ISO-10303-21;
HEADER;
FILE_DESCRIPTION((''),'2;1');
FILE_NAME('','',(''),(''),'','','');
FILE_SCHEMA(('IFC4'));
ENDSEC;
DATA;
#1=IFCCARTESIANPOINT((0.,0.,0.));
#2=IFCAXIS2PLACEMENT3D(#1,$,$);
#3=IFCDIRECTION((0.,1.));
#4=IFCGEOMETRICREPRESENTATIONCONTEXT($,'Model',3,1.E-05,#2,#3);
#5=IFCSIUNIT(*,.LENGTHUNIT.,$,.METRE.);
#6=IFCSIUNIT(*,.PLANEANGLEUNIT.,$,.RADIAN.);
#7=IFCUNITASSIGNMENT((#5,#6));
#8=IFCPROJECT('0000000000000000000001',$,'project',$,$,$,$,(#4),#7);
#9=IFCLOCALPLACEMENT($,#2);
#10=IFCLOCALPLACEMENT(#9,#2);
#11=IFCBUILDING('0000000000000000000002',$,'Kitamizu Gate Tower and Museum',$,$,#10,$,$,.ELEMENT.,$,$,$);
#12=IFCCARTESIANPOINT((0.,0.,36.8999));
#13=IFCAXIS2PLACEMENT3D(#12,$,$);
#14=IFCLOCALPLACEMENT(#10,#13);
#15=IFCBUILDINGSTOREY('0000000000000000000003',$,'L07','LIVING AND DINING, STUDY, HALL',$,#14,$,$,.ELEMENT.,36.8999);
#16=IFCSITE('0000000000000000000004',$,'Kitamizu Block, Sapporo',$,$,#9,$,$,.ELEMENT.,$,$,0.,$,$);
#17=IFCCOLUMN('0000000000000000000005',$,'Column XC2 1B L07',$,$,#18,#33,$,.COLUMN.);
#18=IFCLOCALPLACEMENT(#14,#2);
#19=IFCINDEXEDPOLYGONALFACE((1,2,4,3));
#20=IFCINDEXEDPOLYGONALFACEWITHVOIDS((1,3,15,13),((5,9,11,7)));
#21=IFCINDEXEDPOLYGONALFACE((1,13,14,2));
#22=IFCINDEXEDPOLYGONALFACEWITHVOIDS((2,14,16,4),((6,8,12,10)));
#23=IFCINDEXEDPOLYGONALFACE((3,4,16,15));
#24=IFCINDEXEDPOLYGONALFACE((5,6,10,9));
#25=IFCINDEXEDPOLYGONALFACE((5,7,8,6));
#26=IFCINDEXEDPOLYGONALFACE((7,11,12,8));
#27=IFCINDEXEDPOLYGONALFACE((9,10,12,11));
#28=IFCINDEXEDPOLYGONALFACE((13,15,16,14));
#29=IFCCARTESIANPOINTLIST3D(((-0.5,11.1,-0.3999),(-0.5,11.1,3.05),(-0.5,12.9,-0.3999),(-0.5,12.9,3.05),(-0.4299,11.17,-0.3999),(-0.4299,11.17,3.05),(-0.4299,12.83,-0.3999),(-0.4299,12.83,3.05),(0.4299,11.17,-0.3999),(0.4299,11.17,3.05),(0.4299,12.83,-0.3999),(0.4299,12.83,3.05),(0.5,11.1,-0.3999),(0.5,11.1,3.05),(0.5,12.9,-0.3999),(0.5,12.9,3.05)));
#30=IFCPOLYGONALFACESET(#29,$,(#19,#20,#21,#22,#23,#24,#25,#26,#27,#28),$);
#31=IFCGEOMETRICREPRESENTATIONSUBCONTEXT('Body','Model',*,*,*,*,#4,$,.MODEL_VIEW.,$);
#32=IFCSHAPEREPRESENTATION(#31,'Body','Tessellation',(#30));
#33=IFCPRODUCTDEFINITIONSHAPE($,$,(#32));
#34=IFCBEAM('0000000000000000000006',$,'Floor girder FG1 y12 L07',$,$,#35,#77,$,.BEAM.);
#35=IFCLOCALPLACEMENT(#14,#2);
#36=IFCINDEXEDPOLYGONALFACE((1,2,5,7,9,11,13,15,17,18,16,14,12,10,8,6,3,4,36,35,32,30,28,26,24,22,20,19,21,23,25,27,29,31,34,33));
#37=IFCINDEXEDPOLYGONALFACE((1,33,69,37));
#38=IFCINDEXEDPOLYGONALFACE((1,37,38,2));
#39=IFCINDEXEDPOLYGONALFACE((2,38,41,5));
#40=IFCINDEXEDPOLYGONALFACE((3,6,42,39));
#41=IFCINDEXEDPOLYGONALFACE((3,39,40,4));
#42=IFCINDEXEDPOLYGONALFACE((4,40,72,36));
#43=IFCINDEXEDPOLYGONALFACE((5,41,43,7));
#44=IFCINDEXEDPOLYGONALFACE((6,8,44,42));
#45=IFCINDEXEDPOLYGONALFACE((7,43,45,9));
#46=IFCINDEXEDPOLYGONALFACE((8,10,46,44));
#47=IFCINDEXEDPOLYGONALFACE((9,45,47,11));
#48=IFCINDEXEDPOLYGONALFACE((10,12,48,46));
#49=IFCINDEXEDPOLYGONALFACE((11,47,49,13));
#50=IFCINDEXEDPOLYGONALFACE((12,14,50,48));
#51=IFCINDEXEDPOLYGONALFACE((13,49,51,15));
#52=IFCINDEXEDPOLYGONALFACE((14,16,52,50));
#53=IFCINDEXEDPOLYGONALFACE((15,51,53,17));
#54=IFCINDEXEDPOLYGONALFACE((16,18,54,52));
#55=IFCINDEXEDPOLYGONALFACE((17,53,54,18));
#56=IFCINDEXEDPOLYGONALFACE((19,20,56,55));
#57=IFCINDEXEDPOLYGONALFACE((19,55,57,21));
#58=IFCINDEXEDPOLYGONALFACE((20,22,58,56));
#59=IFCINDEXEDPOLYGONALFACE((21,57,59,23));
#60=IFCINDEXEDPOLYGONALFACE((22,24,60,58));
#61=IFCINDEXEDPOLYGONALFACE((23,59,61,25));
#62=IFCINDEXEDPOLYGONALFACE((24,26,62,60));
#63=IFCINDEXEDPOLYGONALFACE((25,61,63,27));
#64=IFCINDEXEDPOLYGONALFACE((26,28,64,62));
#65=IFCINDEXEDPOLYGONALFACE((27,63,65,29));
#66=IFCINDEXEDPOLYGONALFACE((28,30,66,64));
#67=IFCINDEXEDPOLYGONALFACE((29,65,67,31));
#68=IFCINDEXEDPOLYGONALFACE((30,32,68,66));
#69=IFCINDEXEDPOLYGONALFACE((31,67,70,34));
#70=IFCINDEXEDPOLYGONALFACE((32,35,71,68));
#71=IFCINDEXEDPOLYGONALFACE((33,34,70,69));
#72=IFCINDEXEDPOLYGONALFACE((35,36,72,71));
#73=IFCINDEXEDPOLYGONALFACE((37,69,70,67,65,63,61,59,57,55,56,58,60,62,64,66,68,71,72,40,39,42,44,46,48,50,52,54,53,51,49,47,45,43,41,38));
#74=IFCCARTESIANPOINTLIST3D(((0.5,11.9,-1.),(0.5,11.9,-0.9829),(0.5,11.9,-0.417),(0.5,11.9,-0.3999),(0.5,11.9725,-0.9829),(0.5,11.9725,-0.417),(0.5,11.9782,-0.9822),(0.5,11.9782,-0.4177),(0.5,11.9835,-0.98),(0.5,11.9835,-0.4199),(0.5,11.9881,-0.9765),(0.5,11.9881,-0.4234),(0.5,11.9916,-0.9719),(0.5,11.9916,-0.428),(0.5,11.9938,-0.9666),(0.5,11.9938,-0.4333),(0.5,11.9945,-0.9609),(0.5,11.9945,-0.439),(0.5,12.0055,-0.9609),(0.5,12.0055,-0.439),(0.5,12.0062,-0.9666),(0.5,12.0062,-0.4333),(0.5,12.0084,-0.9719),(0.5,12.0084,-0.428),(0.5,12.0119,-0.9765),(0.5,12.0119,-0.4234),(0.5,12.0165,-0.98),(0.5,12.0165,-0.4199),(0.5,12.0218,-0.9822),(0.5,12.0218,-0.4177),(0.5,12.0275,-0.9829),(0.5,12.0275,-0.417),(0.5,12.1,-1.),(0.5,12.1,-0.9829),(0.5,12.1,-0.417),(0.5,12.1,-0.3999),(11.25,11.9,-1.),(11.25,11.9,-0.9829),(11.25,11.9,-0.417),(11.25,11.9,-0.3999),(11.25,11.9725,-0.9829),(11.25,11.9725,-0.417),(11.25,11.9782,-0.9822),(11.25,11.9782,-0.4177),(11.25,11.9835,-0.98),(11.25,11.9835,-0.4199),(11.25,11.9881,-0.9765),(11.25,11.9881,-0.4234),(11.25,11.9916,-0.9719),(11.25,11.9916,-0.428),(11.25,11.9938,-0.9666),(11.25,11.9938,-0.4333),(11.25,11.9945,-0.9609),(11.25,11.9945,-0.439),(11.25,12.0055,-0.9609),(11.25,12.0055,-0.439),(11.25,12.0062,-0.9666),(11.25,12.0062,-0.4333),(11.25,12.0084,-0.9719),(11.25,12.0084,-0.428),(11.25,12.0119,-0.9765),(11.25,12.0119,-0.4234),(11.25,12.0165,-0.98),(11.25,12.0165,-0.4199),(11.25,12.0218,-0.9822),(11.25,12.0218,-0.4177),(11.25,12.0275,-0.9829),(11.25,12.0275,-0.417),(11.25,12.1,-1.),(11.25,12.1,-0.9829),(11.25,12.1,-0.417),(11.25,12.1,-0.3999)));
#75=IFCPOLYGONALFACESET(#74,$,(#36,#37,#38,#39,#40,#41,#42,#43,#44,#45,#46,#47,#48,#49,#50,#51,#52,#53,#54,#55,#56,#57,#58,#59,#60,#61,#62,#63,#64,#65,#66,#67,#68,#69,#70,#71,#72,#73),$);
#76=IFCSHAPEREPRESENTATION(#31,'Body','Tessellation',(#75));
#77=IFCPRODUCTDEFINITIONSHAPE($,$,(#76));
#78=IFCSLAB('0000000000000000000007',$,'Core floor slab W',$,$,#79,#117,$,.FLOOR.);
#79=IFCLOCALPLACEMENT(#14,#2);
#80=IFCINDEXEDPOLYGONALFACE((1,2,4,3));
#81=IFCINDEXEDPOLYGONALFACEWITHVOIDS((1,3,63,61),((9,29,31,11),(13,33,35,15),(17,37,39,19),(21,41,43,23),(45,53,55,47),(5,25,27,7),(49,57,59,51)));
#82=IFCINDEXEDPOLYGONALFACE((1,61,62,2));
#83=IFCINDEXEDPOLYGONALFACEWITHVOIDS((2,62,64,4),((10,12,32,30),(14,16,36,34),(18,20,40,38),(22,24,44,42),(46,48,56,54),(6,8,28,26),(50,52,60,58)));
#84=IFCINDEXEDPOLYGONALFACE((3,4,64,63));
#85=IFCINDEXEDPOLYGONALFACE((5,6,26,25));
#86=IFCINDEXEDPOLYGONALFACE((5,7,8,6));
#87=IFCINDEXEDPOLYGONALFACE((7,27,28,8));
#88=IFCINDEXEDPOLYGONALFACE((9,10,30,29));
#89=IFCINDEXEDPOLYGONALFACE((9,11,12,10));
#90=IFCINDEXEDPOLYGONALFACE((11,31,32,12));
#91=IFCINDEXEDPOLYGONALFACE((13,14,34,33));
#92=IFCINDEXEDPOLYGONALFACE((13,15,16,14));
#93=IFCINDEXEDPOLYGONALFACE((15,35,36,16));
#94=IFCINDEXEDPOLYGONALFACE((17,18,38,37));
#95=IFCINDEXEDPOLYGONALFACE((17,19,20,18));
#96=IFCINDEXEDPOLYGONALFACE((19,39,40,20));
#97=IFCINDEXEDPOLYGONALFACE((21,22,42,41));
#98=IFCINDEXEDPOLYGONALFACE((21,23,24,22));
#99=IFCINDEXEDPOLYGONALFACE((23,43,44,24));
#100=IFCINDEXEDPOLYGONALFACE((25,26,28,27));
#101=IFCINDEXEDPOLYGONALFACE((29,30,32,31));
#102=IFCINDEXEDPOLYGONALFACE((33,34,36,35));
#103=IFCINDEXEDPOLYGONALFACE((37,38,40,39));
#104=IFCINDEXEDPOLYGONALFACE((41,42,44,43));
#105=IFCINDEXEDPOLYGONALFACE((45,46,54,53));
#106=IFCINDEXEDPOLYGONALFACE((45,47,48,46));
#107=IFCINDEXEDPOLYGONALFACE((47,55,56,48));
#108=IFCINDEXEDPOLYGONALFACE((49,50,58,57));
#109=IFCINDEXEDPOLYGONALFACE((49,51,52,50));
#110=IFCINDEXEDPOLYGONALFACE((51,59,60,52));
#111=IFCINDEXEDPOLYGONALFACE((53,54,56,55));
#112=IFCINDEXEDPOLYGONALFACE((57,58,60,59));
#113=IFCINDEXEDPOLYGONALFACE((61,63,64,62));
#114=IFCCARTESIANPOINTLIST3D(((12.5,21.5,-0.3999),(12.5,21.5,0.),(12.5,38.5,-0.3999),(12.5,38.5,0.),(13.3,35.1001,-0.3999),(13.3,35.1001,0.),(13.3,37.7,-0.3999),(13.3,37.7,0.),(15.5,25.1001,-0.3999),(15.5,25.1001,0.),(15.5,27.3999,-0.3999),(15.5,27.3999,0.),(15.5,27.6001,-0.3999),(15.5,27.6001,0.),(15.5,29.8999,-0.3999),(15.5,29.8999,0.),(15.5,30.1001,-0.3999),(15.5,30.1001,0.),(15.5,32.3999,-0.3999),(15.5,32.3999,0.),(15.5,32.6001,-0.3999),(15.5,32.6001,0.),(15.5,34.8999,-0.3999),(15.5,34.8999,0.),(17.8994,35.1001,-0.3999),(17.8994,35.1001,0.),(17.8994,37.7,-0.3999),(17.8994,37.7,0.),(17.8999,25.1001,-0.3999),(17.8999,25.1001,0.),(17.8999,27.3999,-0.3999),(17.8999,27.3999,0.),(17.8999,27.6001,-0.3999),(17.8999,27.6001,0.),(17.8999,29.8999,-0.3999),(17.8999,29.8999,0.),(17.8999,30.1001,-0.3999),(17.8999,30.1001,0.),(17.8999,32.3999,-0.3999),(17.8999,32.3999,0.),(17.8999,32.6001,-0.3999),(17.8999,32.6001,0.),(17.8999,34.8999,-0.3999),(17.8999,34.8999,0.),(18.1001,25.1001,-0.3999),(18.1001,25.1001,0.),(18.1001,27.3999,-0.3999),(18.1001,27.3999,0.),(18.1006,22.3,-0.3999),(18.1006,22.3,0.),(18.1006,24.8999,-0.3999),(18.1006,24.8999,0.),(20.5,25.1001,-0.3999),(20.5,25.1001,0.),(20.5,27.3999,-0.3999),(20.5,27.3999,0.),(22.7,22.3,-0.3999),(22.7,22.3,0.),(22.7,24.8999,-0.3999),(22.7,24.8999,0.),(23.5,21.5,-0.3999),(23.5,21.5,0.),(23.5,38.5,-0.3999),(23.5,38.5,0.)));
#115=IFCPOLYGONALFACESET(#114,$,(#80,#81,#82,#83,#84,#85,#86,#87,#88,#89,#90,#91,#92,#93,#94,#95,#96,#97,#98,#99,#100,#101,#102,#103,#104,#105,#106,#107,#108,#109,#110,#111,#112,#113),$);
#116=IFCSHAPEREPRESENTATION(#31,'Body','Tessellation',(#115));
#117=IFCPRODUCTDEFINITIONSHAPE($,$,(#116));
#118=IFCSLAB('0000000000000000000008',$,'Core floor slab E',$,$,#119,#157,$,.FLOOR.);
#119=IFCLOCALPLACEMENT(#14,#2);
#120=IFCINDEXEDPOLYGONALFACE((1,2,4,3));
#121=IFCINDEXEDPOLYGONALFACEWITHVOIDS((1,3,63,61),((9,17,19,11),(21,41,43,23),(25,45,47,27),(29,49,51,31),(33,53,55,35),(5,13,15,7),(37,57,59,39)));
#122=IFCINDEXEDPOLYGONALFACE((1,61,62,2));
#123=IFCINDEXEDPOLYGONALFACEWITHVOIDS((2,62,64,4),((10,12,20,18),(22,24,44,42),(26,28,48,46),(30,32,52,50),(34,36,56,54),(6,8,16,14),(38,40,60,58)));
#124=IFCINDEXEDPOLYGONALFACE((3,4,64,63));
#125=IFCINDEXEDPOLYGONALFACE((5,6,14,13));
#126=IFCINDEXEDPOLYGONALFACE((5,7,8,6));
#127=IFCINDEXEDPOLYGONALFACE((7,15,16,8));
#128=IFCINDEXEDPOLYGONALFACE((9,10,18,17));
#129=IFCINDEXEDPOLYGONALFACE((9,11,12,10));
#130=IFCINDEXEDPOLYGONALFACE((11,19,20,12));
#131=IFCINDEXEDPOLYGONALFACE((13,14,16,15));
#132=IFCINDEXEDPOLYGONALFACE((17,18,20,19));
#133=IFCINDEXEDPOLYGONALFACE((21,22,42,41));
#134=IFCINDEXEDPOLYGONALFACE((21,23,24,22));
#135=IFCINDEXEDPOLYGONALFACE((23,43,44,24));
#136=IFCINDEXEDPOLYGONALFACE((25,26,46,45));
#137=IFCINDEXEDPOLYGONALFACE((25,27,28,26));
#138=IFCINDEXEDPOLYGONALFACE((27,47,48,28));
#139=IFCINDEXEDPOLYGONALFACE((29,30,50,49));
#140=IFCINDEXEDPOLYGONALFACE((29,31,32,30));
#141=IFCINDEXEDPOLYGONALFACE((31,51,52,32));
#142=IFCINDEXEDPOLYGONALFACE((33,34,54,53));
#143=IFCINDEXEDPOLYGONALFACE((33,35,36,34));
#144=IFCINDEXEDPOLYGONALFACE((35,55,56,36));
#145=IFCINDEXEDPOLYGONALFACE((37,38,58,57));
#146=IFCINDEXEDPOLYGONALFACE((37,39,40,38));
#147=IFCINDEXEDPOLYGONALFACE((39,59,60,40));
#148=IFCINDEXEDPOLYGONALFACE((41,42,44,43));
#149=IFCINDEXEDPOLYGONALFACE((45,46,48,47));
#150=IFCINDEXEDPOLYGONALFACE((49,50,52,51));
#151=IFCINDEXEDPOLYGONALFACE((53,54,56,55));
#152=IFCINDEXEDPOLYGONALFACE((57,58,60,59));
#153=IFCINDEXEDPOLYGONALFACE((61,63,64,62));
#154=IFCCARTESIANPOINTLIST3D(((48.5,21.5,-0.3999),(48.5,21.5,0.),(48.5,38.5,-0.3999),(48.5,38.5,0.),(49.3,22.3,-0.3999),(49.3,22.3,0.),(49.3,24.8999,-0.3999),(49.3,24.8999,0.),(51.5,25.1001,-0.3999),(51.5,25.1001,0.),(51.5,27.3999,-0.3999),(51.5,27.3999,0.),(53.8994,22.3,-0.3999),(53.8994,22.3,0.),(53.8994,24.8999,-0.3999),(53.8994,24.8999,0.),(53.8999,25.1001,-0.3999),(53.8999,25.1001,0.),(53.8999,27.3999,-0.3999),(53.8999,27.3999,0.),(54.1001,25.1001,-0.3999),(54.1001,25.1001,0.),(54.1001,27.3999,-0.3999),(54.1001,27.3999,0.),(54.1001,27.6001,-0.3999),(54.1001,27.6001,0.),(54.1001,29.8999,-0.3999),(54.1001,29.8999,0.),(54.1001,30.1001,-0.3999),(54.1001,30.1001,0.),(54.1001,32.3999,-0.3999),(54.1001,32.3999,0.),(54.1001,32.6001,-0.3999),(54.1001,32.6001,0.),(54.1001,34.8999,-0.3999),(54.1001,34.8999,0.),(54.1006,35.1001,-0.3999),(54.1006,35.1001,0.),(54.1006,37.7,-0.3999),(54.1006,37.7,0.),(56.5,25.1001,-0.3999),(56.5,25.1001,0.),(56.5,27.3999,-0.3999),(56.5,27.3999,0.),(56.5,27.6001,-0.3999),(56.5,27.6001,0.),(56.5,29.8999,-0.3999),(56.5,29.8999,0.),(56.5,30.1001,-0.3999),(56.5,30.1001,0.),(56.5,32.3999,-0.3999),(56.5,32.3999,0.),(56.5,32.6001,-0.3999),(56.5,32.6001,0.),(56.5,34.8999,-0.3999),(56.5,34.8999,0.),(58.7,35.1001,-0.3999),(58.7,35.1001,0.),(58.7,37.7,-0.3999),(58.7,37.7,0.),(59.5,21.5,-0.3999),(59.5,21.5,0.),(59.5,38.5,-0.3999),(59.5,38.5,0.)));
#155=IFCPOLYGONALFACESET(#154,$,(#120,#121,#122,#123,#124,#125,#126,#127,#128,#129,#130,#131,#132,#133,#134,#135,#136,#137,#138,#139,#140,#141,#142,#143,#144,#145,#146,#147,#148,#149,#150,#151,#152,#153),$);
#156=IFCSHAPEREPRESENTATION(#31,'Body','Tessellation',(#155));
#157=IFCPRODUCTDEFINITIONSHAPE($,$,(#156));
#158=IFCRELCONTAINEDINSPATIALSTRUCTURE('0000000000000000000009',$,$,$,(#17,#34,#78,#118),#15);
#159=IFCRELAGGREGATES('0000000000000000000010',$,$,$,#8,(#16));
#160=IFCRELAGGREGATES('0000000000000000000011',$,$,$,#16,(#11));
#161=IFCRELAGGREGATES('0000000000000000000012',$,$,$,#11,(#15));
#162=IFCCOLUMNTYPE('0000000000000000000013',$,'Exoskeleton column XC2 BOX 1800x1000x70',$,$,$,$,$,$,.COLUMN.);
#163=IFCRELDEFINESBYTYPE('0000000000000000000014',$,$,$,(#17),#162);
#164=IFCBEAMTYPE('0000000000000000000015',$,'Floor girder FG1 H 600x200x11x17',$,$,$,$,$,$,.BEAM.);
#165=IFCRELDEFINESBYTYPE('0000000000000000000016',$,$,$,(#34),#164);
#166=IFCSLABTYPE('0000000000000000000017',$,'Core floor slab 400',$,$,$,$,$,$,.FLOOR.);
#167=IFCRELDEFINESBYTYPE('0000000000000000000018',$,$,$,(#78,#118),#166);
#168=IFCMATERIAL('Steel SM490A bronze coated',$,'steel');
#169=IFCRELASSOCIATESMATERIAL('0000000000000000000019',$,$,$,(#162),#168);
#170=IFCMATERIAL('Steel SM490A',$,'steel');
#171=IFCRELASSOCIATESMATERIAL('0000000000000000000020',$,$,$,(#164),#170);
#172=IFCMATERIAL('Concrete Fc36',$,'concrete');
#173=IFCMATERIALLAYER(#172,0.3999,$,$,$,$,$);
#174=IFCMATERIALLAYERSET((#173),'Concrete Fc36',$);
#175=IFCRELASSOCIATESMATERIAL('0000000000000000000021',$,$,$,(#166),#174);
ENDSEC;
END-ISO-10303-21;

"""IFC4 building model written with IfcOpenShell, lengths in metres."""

from ifc_helpers import new_model, si_unit, direction, frame, origin, origin_2d, place, context, subcontext, project, spatial, polyline, hollow_rectangle, i_section, outline, extrude, material, layer, layer_set, material_profile, profile_set, type_object, element, save


model = new_model("IFC4")

# Units and contexts
model_context = context("Model", 3, precision=1e-05, world=origin(), true_north=direction((0.0, 1.0)))
body_context = subcontext(model_context, "Body", "Model", "MODEL_VIEW")
ifc_project = project(units=[si_unit("LENGTHUNIT", "METRE"), si_unit("PLANEANGLEUNIT", "RADIAN")], contexts=[model_context])

# Site, building, storey
site_placement = place(None, origin())
site = spatial("IfcSite", under=ifc_project, at=site_placement, Name="Kitamizu Block, Sapporo", CompositionType="ELEMENT", RefElevation=0.0)
building_placement = place(site_placement, origin())
building = spatial("IfcBuilding", under=site, at=building_placement, Name="Kitamizu Gate Tower and Museum", CompositionType="ELEMENT")
storey_placement = place(building_placement, frame((0.0, 0.0, 36.8999)))
storey = spatial("IfcBuildingStorey", under=building, at=storey_placement, Name="L07", Description="LIVING AND DINING, STUDY, HALL", CompositionType="ELEMENT", Elevation=36.8999)

# Column
ifc_material_1 = material(Name="Steel SM490A bronze coated", Category="steel")
ifc_material_profile_1 = material_profile(ifc_material_1, hollow_rectangle(XDim=1.8, YDim=1.0, WallThickness=0.0701, at=origin_2d()), Name="BOX 1800x1000x70")
ifc_profile_set_1 = profile_set([ifc_material_profile_1], Name="Steel SM490A bronze coated")
column_type = type_object("IfcColumnType", Name="Exoskeleton column XC2 BOX 1800x1000x70", PredefinedType="COLUMN", material=ifc_profile_set_1)
column_placement = place(storey_placement, frame((0.0, 12.0, -0.3999), z_axis=(0.0, 0.0, 1.0), x_axis=(0.0, 1.0, 0.0)))
element("IfcColumn", 1, at=column_placement, inside=storey, type_object=column_type, Name="Column XC2 1B L07", PredefinedType="COLUMN", context=body_context, shape_type="SweptSolid", body=[
    extrude(hollow_rectangle(XDim=1.8, YDim=1.0, WallThickness=0.0701, at=origin_2d()), origin(), (0.0, 0.0, 1.0), 3.45),
])

# Beam
ifc_material_2 = material(Name="Steel SM490A", Category="steel")
ifc_material_profile_2 = material_profile(ifc_material_2, i_section(OverallWidth=0.2, OverallDepth=0.6001, WebThickness=0.011, FlangeThickness=0.0171, FilletRadius=0.022, at=origin_2d()), Name="H-600x200x11x17")
ifc_profile_set_2 = profile_set([ifc_material_profile_2], Name="Steel SM490A")
beam_type = type_object("IfcBeamType", Name="Floor girder FG1 H 600x200x11x17", PredefinedType="BEAM", material=ifc_profile_set_2)
beam_placement = place(storey_placement, frame((0.5, 12.0, -0.7), z_axis=(1.0, 0.0, 0.0), x_axis=(0.0, 1.0, 0.0)))
element("IfcBeam", 2, at=beam_placement, inside=storey, type_object=beam_type, Name="Floor girder FG1 y12 L07", PredefinedType="BEAM", context=body_context, shape_type="SweptSolid", body=[
    extrude(i_section(OverallWidth=0.2, OverallDepth=0.6001, WebThickness=0.011, FlangeThickness=0.0171, FilletRadius=0.022, at=origin_2d()), origin(), (0.0, 0.0, 1.0), 10.75),
])

# Slabs
ifc_material_3 = material(Name="Concrete Fc36", Category="concrete")
ifc_layer_1 = layer(ifc_material_3, 0.3999)
ifc_layer_set_1 = layer_set([ifc_layer_1], Name="Concrete Fc36")
slab_type_1 = type_object("IfcSlabType", Name="Core floor slab 400", PredefinedType="FLOOR", material=ifc_layer_set_1)
slab_1_placement = place(storey_placement, frame((0.0, 0.0, -0.3999)))
element("IfcSlab", 3, at=slab_1_placement, inside=storey, type_object=slab_type_1, Name="Core floor slab W", PredefinedType="FLOOR", context=body_context, shape_type="SweptSolid", body=[
    extrude(outline(polyline([(12.5, 21.5), (23.5, 21.5), (23.5, 38.5), (12.5, 38.5), (12.5, 21.5)]), holes=[polyline([(15.5, 25.1001), (17.8999, 25.1001), (17.8999, 27.3999), (15.5, 27.3999), (15.5, 25.1001)]), polyline([(15.5, 27.6001), (17.8999, 27.6001), (17.8999, 29.8999), (15.5, 29.8999), (15.5, 27.6001)]), polyline([(15.5, 30.1001), (17.8999, 30.1001), (17.8999, 32.3999), (15.5, 32.3999), (15.5, 30.1001)]), polyline([(15.5, 32.6001), (17.8999, 32.6001), (17.8999, 34.8999), (15.5, 34.8999), (15.5, 32.6001)]), polyline([(18.1001, 25.1001), (20.5, 25.1001), (20.5, 27.3999), (18.1001, 27.3999), (18.1001, 25.1001)]), polyline([(18.1006, 22.3), (22.7, 22.3), (22.7, 24.8999), (18.1006, 24.8999), (18.1006, 22.3)]), polyline([(13.3, 35.1001), (17.8994, 35.1001), (17.8994, 37.7), (13.3, 37.7), (13.3, 35.1001)])]), origin(), (0.0, 0.0, 1.0), 0.3999),
])
slab_2_placement = place(storey_placement, frame((0.0, 0.0, -0.3999)))
element("IfcSlab", 4, at=slab_2_placement, inside=storey, type_object=slab_type_1, Name="Core floor slab E", PredefinedType="FLOOR", context=body_context, shape_type="SweptSolid", body=[
    extrude(outline(polyline([(48.5, 21.5), (59.5, 21.5), (59.5, 38.5), (48.5, 38.5), (48.5, 21.5)]), holes=[polyline([(54.1001, 25.1001), (56.5, 25.1001), (56.5, 27.3999), (54.1001, 27.3999), (54.1001, 25.1001)]), polyline([(54.1001, 27.6001), (56.5, 27.6001), (56.5, 29.8999), (54.1001, 29.8999), (54.1001, 27.6001)]), polyline([(54.1001, 30.1001), (56.5, 30.1001), (56.5, 32.3999), (54.1001, 32.3999), (54.1001, 30.1001)]), polyline([(54.1001, 32.6001), (56.5, 32.6001), (56.5, 34.8999), (54.1001, 34.8999), (54.1001, 32.6001)]), polyline([(51.5, 25.1001), (53.8999, 25.1001), (53.8999, 27.3999), (51.5, 27.3999), (51.5, 25.1001)]), polyline([(49.3, 22.3), (53.8994, 22.3), (53.8994, 24.8999), (49.3, 24.8999), (49.3, 22.3)]), polyline([(54.1006, 35.1001), (58.7, 35.1001), (58.7, 37.7), (54.1006, 37.7), (54.1006, 35.1001)])]), origin(), (0.0, 0.0, 1.0), 0.3999),
])

save(model, "model.ifc")
